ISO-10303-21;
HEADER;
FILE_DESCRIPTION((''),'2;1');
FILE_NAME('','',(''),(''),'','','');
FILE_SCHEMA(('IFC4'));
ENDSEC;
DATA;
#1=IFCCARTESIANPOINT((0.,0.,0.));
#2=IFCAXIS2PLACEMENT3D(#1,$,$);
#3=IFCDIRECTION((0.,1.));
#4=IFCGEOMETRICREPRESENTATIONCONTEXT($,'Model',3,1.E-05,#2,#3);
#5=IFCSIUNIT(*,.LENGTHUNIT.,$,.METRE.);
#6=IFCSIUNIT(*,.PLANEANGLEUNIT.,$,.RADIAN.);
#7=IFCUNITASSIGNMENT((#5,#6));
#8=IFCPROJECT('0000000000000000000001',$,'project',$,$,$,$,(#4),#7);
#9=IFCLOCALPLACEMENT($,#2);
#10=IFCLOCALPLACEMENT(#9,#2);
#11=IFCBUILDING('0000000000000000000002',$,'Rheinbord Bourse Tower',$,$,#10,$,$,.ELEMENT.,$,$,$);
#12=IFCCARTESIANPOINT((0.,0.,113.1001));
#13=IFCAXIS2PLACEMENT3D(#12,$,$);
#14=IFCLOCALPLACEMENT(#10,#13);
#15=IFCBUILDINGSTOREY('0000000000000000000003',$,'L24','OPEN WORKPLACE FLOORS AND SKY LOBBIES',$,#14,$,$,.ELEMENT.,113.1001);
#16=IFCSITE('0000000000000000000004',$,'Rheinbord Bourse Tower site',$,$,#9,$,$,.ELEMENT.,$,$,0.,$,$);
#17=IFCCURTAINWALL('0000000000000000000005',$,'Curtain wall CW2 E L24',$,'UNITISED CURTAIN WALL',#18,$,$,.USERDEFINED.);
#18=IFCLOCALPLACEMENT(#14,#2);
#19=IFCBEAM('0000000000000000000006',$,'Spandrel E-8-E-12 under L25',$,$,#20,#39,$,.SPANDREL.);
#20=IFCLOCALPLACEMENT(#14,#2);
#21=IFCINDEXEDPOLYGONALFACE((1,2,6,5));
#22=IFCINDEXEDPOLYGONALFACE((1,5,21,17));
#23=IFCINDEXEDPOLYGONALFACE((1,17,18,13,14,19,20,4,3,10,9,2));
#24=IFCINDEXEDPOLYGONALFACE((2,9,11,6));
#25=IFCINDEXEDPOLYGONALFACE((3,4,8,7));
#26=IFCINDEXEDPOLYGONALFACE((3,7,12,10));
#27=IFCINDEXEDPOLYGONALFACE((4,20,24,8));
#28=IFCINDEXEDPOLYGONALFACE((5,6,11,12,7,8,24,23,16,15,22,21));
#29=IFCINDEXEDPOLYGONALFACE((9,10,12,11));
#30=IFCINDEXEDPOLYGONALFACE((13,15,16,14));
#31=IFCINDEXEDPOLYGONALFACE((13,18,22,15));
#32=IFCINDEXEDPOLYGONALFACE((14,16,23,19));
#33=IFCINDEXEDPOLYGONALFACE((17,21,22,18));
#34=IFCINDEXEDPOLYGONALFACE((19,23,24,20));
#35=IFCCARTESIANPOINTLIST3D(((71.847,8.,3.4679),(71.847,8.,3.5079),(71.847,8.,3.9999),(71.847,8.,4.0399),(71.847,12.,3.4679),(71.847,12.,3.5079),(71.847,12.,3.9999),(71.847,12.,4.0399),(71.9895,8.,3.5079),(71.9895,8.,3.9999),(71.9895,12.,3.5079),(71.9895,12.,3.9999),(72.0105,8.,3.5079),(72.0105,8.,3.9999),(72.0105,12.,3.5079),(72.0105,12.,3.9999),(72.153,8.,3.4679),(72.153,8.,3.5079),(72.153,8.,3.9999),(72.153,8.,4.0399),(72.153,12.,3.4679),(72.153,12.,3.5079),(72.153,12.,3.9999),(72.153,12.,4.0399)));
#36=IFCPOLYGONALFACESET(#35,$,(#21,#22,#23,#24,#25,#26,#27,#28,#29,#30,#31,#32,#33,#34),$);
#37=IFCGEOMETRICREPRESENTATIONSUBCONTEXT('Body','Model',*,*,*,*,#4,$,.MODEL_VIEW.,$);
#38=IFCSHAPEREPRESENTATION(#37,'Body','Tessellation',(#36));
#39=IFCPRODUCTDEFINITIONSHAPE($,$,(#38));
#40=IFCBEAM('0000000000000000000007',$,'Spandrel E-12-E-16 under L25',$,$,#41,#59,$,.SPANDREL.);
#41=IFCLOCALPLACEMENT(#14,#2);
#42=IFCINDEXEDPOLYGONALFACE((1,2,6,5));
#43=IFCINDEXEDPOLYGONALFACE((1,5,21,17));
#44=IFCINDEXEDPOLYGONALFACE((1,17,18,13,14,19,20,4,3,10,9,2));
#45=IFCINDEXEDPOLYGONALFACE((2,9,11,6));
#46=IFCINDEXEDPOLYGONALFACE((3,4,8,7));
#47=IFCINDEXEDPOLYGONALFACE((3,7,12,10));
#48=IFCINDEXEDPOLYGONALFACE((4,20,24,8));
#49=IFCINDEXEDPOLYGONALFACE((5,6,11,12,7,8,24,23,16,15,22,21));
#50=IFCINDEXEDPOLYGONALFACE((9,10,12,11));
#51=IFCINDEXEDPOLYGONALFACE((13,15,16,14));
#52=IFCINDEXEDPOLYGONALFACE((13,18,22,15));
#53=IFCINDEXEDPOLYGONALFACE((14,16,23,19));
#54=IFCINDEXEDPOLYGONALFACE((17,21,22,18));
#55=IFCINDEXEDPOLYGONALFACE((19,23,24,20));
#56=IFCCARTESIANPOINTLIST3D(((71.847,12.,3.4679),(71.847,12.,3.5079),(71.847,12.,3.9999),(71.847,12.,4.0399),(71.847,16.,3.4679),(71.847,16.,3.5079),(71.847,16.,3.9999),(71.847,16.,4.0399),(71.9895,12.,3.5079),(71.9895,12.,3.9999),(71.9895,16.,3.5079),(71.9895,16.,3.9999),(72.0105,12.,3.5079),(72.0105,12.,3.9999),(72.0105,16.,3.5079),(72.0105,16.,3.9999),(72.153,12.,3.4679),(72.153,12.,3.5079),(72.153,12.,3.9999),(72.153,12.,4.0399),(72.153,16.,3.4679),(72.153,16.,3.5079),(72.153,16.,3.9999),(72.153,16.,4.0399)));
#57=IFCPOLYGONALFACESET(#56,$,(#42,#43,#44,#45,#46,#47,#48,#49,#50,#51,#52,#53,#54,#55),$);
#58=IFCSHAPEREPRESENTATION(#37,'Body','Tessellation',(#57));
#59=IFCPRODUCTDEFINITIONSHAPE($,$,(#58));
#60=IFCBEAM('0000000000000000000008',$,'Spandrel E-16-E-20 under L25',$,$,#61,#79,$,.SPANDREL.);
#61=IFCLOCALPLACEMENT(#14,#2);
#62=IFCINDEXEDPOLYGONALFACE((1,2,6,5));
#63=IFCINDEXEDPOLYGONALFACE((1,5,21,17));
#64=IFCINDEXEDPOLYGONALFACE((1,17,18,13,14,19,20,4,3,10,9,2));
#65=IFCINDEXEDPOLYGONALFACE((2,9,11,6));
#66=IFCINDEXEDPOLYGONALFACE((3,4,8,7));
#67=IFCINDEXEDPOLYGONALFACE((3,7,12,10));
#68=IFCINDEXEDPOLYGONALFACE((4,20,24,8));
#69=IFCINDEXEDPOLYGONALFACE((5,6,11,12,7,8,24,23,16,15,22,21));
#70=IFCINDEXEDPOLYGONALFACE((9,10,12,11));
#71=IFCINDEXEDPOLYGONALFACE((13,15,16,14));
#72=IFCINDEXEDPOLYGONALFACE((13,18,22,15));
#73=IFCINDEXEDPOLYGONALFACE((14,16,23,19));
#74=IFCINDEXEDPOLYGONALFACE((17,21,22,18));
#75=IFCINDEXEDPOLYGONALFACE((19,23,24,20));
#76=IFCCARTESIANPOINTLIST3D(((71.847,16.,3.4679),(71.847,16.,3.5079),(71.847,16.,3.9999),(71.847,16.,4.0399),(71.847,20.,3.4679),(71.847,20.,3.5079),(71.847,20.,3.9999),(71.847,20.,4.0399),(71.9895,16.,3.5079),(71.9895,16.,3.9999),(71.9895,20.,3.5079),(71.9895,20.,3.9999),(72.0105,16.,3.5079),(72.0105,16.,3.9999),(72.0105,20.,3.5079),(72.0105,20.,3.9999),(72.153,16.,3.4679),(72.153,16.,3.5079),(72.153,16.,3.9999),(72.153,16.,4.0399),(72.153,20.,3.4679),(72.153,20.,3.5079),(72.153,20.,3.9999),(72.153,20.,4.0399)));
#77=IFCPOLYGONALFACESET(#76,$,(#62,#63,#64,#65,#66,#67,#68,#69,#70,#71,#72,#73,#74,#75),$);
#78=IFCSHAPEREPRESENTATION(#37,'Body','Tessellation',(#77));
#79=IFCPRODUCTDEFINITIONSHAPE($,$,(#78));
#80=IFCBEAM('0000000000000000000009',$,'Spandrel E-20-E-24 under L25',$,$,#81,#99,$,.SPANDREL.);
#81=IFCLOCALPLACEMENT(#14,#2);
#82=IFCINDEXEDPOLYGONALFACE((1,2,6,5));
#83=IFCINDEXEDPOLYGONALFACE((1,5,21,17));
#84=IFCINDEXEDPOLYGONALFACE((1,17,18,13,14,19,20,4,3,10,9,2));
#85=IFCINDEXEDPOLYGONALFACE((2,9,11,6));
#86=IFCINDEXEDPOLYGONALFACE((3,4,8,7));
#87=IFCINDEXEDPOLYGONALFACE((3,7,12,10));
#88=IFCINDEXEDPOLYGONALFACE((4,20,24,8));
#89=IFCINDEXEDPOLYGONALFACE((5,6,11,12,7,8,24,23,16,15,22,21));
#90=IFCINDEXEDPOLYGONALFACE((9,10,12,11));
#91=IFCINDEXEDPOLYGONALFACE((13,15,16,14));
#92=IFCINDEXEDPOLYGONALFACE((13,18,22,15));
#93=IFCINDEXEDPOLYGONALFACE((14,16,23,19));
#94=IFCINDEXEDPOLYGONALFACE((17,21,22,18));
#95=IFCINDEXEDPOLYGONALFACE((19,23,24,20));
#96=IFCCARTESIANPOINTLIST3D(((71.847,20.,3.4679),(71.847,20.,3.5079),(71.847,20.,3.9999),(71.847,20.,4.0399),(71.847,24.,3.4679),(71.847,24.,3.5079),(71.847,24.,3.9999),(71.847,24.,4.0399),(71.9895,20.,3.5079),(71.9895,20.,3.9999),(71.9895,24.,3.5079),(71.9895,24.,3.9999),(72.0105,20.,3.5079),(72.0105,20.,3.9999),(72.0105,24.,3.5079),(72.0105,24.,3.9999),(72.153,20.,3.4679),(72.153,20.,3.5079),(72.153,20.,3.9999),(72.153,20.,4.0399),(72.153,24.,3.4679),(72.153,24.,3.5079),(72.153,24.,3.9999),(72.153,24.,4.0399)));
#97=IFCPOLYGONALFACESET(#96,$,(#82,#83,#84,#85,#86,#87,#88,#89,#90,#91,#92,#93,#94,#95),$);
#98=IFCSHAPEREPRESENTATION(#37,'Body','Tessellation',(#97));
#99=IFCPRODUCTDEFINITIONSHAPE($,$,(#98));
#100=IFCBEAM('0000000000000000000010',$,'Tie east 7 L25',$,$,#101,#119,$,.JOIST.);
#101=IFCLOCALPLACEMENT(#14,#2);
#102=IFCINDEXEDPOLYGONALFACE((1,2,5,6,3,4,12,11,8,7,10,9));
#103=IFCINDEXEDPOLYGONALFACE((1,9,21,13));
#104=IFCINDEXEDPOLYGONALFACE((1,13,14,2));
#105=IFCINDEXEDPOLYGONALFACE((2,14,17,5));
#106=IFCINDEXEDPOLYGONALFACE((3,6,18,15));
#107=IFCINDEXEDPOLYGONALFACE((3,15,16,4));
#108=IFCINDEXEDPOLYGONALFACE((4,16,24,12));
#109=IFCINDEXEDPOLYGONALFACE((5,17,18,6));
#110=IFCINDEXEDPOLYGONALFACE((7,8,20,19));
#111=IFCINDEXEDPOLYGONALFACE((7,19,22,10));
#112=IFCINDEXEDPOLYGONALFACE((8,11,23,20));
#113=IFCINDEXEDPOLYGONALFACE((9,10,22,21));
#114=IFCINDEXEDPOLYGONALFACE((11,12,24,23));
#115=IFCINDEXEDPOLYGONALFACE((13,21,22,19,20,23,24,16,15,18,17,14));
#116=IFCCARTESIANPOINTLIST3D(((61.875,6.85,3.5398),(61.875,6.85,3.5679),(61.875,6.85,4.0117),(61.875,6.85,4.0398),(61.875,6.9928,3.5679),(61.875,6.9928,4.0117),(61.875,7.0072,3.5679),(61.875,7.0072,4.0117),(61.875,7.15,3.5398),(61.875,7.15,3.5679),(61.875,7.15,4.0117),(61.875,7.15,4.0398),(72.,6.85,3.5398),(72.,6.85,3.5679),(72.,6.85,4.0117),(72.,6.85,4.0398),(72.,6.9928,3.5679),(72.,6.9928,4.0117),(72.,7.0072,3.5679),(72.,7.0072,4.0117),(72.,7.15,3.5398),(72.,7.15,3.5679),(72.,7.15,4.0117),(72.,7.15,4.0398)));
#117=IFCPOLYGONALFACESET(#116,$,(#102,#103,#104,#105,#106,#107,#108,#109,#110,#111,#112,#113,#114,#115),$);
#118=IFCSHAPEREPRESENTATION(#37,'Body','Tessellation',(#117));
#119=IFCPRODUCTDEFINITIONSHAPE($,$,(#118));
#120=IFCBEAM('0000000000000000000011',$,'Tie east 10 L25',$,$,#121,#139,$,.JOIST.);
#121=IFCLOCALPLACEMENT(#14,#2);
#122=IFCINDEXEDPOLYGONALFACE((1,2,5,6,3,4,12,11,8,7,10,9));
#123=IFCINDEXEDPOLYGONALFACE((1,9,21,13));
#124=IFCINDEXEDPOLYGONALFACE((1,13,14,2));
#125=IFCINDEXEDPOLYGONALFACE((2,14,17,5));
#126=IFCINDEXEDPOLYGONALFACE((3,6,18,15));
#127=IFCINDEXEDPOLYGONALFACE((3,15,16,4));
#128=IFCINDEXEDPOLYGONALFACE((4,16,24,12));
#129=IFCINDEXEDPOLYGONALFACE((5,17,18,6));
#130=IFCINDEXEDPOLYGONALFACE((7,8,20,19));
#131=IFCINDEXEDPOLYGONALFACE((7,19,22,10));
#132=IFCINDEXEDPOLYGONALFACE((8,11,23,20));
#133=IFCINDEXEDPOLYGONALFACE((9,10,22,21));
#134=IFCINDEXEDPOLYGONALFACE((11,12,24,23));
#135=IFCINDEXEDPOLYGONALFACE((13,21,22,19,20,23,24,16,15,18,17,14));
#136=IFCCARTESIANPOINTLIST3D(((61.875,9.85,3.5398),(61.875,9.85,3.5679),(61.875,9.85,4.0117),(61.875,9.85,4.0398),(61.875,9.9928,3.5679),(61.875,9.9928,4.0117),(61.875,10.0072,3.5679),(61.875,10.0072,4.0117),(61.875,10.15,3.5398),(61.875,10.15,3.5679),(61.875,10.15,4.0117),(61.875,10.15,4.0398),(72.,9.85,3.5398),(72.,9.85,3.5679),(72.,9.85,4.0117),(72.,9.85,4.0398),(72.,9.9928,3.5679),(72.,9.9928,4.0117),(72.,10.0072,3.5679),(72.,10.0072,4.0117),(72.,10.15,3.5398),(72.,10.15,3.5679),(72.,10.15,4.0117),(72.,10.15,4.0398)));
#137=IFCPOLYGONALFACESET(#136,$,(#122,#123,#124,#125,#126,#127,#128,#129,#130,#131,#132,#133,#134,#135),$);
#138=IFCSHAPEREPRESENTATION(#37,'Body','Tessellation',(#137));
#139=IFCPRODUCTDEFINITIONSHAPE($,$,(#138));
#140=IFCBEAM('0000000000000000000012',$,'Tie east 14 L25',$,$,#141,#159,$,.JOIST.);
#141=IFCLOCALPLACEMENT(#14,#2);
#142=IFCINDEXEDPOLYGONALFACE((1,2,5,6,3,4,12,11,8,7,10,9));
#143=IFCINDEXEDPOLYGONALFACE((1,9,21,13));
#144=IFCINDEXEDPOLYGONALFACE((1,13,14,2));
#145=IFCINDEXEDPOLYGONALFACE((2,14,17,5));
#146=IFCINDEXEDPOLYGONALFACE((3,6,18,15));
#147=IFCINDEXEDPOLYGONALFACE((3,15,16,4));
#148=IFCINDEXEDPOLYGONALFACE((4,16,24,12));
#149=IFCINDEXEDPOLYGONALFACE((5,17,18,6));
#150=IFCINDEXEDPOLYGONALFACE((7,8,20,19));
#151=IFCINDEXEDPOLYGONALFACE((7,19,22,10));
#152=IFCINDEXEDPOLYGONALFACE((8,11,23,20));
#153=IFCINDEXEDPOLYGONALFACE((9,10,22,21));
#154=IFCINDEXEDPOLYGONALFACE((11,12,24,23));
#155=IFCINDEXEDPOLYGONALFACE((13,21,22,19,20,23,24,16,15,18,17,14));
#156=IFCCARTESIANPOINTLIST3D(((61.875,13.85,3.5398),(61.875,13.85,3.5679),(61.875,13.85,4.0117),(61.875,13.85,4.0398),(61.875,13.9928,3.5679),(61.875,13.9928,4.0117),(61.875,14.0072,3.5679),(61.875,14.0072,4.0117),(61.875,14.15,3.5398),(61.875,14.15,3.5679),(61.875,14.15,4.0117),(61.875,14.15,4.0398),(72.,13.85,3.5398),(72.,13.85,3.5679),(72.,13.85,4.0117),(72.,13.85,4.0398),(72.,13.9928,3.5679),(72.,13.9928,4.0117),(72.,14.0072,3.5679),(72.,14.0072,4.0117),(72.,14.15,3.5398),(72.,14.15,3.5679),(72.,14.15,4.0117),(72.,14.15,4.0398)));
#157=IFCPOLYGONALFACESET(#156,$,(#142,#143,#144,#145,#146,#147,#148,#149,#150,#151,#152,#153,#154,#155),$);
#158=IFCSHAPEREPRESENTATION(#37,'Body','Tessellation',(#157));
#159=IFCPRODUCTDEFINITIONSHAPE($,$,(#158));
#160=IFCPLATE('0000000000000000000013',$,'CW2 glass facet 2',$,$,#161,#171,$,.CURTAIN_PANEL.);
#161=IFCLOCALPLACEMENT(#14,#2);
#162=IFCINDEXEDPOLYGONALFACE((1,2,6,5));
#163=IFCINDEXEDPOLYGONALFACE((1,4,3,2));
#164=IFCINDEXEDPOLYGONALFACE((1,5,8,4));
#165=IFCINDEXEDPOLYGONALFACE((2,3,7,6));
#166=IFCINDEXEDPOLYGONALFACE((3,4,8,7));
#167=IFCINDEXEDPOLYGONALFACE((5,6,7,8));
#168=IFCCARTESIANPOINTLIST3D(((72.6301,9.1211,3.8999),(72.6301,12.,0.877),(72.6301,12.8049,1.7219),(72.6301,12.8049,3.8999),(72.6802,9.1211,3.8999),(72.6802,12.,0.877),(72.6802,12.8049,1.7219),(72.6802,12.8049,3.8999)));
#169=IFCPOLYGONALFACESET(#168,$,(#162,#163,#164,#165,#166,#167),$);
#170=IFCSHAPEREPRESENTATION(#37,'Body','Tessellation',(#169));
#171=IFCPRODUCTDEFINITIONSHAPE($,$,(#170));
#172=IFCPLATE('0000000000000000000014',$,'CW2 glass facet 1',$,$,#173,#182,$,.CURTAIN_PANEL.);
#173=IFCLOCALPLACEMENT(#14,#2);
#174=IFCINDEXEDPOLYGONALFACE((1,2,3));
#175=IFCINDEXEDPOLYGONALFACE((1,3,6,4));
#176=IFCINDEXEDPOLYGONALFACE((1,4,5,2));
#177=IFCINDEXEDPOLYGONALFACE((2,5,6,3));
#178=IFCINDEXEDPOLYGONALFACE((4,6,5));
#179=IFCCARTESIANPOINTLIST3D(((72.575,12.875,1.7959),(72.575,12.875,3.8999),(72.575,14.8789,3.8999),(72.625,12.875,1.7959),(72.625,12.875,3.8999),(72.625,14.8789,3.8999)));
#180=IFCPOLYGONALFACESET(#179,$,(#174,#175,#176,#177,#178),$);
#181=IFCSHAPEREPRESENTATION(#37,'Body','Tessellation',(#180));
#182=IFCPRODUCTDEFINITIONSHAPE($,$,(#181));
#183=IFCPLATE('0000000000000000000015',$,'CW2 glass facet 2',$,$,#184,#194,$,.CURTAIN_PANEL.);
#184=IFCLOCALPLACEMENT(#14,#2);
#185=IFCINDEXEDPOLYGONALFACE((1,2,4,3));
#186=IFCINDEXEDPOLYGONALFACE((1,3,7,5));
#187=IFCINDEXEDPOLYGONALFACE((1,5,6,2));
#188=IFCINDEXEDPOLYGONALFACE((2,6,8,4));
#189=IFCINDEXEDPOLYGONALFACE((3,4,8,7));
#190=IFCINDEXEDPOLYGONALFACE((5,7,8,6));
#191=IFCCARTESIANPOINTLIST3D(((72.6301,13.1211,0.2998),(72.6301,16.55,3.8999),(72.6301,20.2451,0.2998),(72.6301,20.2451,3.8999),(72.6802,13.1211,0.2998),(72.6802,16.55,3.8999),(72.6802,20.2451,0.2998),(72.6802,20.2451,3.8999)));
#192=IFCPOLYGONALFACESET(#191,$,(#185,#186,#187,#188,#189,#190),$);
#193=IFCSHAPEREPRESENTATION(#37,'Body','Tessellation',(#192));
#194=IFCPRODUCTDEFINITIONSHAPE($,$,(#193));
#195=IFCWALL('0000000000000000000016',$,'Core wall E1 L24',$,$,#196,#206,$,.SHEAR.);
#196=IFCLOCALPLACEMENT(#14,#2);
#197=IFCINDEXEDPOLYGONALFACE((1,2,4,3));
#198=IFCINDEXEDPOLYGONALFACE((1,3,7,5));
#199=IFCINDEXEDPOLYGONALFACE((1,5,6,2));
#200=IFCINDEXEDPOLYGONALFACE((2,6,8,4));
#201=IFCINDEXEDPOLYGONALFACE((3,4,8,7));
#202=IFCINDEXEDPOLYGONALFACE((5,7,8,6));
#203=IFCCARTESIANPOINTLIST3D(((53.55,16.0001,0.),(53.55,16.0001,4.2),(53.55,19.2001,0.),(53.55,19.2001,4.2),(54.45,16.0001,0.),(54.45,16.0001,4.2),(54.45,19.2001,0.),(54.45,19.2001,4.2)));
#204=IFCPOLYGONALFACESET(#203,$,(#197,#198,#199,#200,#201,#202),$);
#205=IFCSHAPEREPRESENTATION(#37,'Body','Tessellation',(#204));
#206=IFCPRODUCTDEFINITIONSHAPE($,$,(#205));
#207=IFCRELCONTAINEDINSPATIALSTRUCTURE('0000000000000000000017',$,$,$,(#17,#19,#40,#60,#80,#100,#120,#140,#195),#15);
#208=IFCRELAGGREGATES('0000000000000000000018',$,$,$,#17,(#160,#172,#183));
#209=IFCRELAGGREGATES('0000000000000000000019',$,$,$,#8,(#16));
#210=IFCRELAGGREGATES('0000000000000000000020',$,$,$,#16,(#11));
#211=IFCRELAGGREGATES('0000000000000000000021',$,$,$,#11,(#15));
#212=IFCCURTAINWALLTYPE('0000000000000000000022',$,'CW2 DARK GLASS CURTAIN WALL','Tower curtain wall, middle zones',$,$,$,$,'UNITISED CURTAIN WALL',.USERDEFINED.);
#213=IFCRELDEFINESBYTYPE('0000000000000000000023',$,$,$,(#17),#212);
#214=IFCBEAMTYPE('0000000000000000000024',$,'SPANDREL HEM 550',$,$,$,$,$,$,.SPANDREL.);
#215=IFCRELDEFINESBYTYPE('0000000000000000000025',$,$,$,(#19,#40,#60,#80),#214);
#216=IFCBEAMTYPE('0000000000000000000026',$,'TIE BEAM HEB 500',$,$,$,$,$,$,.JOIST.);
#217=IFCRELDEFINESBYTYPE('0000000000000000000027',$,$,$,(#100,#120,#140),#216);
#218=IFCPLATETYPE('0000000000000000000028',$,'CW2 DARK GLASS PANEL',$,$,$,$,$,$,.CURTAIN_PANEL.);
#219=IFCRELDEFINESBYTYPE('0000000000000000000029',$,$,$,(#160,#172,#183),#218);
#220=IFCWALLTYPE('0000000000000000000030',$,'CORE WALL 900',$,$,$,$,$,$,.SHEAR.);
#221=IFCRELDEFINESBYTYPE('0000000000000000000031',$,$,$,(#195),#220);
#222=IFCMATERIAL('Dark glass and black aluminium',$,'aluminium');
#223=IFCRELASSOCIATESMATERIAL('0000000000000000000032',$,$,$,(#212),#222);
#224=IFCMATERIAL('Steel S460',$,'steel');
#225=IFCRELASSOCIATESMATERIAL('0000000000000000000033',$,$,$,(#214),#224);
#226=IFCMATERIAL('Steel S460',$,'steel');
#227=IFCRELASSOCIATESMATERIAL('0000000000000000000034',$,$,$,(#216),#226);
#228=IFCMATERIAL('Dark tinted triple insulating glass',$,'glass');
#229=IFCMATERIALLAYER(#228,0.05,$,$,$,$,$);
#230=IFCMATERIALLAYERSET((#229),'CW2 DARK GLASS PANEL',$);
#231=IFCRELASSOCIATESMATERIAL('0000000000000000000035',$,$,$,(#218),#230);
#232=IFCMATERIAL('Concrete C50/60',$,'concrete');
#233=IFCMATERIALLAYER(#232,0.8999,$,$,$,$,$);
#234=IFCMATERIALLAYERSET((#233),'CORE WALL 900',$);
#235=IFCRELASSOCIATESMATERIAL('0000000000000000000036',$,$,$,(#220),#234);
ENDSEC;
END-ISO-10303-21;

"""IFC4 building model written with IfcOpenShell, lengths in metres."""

from ifc_helpers import new_model, si_unit, direction, frame, frame_2d, origin, origin_2d, place, context, subcontext, project, spatial, polyline, rectangle, i_section, outline, extrude, material, layer, layer_set, material_profile, profile_set, type_object, element, aggregate, save


model = new_model("IFC4")

# Units and contexts
model_context = context("Model", 3, precision=1e-05, world=origin(), true_north=direction((0.0, 1.0)))
body_context = subcontext(model_context, "Body", "Model", "MODEL_VIEW")
ifc_project = project(units=[si_unit("LENGTHUNIT", "METRE"), si_unit("PLANEANGLEUNIT", "RADIAN")], contexts=[model_context])

# Site, building, storey
site_placement = place(None, origin())
site = spatial("IfcSite", under=ifc_project, at=site_placement, Name="Rheinbord Bourse Tower site", CompositionType="ELEMENT", RefElevation=0.0)
building_placement = place(site_placement, origin())
building = spatial("IfcBuilding", under=site, at=building_placement, Name="Rheinbord Bourse Tower", CompositionType="ELEMENT")
storey_placement = place(building_placement, frame((0.0, 0.0, 113.1001)))
storey = spatial("IfcBuildingStorey", under=building, at=storey_placement, Name="L24", Description="OPEN WORKPLACE FLOORS AND SKY LOBBIES", CompositionType="ELEMENT", Elevation=113.1001)

# Curtain wall
ifc_material_1 = material(Name="Dark glass and black aluminium", Category="aluminium")
curtain_wall_type = type_object("IfcCurtainWallType", Name="CW2 DARK GLASS CURTAIN WALL", Description="Tower curtain wall, middle zones", ElementType="UNITISED CURTAIN WALL", PredefinedType="USERDEFINED", material=ifc_material_1)
curtain_wall_placement = place(storey_placement, origin())
curtain_wall = element("IfcCurtainWall", 1, at=curtain_wall_placement, inside=storey, type_object=curtain_wall_type, Name="Curtain wall CW2 E L24", ObjectType="UNITISED CURTAIN WALL", PredefinedType="USERDEFINED")

# Beams
ifc_material_2 = material(Name="Steel S460", Category="steel")
ifc_material_profile_1 = material_profile(ifc_material_2, i_section(OverallWidth=0.3059, OverallDepth=0.572, WebThickness=0.021, FlangeThickness=0.04, at=origin_2d()), Name="HEM 550")
ifc_profile_set_1 = profile_set([ifc_material_profile_1], Name="Steel S460")
beam_type_1 = type_object("IfcBeamType", Name="SPANDREL HEM 550", PredefinedType="SPANDREL", material=ifc_profile_set_1)
for number, where, z_axis, x_axis, name in (
    (2, (72.0, 8.0, 3.7539), (0.0, 1.0, 0.0), (-1.0, 0.0, 0.0), "Spandrel E-8-E-12 under L25"),
    (3, (72.0, 12.0, 3.7539), (0.0, 1.0, 0.0), (-1.0, 0.0, 0.0), "Spandrel E-12-E-16 under L25"),
    (4, (72.0, 16.0, 3.7539), (0.0, 1.0, 0.0), (-1.0, 0.0, 0.0), "Spandrel E-16-E-20 under L25"),
    (5, (72.0, 20.0, 3.7539), (0.0, 1.0, 0.0), (-1.0, 0.0, 0.0), "Spandrel E-20-E-24 under L25"),
):
    element("IfcBeam", number, at=place(storey_placement, frame(where, z_axis=z_axis, x_axis=x_axis)), inside=storey, type_object=beam_type_1, Name=name, PredefinedType="SPANDREL", context=body_context, shape_type="SweptSolid", body=[
        extrude(i_section(OverallWidth=0.3059, OverallDepth=0.572, WebThickness=0.021, FlangeThickness=0.04, at=origin_2d()), origin(), (0.0, 0.0, 1.0), 4.0),
    ])
ifc_material_3 = material(Name="Steel S460", Category="steel")
ifc_material_profile_2 = material_profile(ifc_material_3, i_section(OverallWidth=0.3, OverallDepth=0.5, WebThickness=0.0144, FlangeThickness=0.0281, at=origin_2d()), Name="HEB 500")
ifc_profile_set_2 = profile_set([ifc_material_profile_2], Name="Steel S460")
beam_type_2 = type_object("IfcBeamType", Name="TIE BEAM HEB 500", PredefinedType="JOIST", material=ifc_profile_set_2)
for number, where, z_axis, x_axis, name in (
    (6, (61.875, 7.0, 3.7898), (1.0, 0.0, 0.0), (0.0, 1.0, 0.0), "Tie east 7 L25"),
    (7, (61.875, 10.0, 3.7898), (1.0, 0.0, 0.0), (0.0, 1.0, 0.0), "Tie east 10 L25"),
    (8, (61.875, 14.0, 3.7898), (1.0, 0.0, 0.0), (0.0, 1.0, 0.0), "Tie east 14 L25"),
):
    element("IfcBeam", number, at=place(storey_placement, frame(where, z_axis=z_axis, x_axis=x_axis)), inside=storey, type_object=beam_type_2, Name=name, PredefinedType="JOIST", context=body_context, shape_type="SweptSolid", body=[
        extrude(i_section(OverallWidth=0.3, OverallDepth=0.5, WebThickness=0.0144, FlangeThickness=0.0281, at=origin_2d()), origin(), (0.0, 0.0, 1.0), 10.125),
    ])

# Plates
ifc_material_4 = material(Name="Dark tinted triple insulating glass", Category="glass")
ifc_layer_1 = layer(ifc_material_4, 0.05)
ifc_layer_set_1 = layer_set([ifc_layer_1], Name="CW2 DARK GLASS PANEL")
plate_type = type_object("IfcPlateType", Name="CW2 DARK GLASS PANEL", PredefinedType="CURTAIN_PANEL", material=ifc_layer_set_1)
plate_1_placement = place(storey_placement, frame((72.6802, 12.8049, 3.8999), z_axis=(-1.0, 0.0, 0.0), x_axis=(0.0, 0.0, -1.0)))
plate_1 = element("IfcPlate", 9, at=plate_1_placement, type_object=plate_type, Name="CW2 glass facet 2", PredefinedType="CURTAIN_PANEL", context=body_context, shape_type="SweptSolid", body=[
    extrude(outline(polyline([(0.0, 0.0), (2.178, 0.0), (3.0229, 0.8049), (0.0, 3.6838), (0.0, 0.0)])), origin(), (0.0, 0.0, 1.0), 0.05),
])
plate_2_placement = place(storey_placement, frame((72.625, 12.875, 3.8999), z_axis=(-1.0, 0.0, 0.0), x_axis=(0.0, 1.0, 0.0)))
plate_2 = element("IfcPlate", 10, at=plate_2_placement, type_object=plate_type, Name="CW2 glass facet 1", PredefinedType="CURTAIN_PANEL", context=body_context, shape_type="SweptSolid", body=[
    extrude(outline(polyline([(0.0, 0.0), (2.0039, 0.0), (0.0, 2.104), (0.0, 0.0)])), origin(), (0.0, 0.0, 1.0), 0.05),
])
plate_3_placement = place(storey_placement, frame((72.6802, 20.2451, 3.8999), z_axis=(-1.0, 0.0, 0.0), x_axis=(0.0, 0.0, -1.0)))
plate_3 = element("IfcPlate", 11, at=plate_3_placement, type_object=plate_type, Name="CW2 glass facet 2", PredefinedType="CURTAIN_PANEL", context=body_context, shape_type="SweptSolid", body=[
    extrude(outline(polyline([(0.0, 0.0), (3.6001, 0.0), (3.6001, 7.124), (0.0, 3.6951), (0.0, 0.0)])), origin(), (0.0, 0.0, 1.0), 0.05),
])
aggregate(curtain_wall, [plate_1, plate_2, plate_3])

# Wall
ifc_material_5 = material(Name="Concrete C50/60", Category="concrete")
ifc_layer_2 = layer(ifc_material_5, 0.8999)
ifc_layer_set_2 = layer_set([ifc_layer_2], Name="CORE WALL 900")
wall_type_1 = type_object("IfcWallType", Name="CORE WALL 900", PredefinedType="SHEAR", material=ifc_layer_set_2)
wall_1_placement = place(storey_placement, frame((54.0, 16.0, 0.0), z_axis=(0.0, 0.0, 1.0), x_axis=(0.0, 1.0, 0.0)))
element("IfcWall", 12, at=wall_1_placement, inside=storey, type_object=wall_type_1, Name="Core wall E1 L24", PredefinedType="SHEAR", context=body_context, shape_type="SweptSolid", body=[
    extrude(rectangle(XDim=3.2, YDim=0.8999, at=frame_2d((1.6001, 0.0))), origin(), (0.0, 0.0, 1.0), 4.2),
])

save(model, "model.ifc")
